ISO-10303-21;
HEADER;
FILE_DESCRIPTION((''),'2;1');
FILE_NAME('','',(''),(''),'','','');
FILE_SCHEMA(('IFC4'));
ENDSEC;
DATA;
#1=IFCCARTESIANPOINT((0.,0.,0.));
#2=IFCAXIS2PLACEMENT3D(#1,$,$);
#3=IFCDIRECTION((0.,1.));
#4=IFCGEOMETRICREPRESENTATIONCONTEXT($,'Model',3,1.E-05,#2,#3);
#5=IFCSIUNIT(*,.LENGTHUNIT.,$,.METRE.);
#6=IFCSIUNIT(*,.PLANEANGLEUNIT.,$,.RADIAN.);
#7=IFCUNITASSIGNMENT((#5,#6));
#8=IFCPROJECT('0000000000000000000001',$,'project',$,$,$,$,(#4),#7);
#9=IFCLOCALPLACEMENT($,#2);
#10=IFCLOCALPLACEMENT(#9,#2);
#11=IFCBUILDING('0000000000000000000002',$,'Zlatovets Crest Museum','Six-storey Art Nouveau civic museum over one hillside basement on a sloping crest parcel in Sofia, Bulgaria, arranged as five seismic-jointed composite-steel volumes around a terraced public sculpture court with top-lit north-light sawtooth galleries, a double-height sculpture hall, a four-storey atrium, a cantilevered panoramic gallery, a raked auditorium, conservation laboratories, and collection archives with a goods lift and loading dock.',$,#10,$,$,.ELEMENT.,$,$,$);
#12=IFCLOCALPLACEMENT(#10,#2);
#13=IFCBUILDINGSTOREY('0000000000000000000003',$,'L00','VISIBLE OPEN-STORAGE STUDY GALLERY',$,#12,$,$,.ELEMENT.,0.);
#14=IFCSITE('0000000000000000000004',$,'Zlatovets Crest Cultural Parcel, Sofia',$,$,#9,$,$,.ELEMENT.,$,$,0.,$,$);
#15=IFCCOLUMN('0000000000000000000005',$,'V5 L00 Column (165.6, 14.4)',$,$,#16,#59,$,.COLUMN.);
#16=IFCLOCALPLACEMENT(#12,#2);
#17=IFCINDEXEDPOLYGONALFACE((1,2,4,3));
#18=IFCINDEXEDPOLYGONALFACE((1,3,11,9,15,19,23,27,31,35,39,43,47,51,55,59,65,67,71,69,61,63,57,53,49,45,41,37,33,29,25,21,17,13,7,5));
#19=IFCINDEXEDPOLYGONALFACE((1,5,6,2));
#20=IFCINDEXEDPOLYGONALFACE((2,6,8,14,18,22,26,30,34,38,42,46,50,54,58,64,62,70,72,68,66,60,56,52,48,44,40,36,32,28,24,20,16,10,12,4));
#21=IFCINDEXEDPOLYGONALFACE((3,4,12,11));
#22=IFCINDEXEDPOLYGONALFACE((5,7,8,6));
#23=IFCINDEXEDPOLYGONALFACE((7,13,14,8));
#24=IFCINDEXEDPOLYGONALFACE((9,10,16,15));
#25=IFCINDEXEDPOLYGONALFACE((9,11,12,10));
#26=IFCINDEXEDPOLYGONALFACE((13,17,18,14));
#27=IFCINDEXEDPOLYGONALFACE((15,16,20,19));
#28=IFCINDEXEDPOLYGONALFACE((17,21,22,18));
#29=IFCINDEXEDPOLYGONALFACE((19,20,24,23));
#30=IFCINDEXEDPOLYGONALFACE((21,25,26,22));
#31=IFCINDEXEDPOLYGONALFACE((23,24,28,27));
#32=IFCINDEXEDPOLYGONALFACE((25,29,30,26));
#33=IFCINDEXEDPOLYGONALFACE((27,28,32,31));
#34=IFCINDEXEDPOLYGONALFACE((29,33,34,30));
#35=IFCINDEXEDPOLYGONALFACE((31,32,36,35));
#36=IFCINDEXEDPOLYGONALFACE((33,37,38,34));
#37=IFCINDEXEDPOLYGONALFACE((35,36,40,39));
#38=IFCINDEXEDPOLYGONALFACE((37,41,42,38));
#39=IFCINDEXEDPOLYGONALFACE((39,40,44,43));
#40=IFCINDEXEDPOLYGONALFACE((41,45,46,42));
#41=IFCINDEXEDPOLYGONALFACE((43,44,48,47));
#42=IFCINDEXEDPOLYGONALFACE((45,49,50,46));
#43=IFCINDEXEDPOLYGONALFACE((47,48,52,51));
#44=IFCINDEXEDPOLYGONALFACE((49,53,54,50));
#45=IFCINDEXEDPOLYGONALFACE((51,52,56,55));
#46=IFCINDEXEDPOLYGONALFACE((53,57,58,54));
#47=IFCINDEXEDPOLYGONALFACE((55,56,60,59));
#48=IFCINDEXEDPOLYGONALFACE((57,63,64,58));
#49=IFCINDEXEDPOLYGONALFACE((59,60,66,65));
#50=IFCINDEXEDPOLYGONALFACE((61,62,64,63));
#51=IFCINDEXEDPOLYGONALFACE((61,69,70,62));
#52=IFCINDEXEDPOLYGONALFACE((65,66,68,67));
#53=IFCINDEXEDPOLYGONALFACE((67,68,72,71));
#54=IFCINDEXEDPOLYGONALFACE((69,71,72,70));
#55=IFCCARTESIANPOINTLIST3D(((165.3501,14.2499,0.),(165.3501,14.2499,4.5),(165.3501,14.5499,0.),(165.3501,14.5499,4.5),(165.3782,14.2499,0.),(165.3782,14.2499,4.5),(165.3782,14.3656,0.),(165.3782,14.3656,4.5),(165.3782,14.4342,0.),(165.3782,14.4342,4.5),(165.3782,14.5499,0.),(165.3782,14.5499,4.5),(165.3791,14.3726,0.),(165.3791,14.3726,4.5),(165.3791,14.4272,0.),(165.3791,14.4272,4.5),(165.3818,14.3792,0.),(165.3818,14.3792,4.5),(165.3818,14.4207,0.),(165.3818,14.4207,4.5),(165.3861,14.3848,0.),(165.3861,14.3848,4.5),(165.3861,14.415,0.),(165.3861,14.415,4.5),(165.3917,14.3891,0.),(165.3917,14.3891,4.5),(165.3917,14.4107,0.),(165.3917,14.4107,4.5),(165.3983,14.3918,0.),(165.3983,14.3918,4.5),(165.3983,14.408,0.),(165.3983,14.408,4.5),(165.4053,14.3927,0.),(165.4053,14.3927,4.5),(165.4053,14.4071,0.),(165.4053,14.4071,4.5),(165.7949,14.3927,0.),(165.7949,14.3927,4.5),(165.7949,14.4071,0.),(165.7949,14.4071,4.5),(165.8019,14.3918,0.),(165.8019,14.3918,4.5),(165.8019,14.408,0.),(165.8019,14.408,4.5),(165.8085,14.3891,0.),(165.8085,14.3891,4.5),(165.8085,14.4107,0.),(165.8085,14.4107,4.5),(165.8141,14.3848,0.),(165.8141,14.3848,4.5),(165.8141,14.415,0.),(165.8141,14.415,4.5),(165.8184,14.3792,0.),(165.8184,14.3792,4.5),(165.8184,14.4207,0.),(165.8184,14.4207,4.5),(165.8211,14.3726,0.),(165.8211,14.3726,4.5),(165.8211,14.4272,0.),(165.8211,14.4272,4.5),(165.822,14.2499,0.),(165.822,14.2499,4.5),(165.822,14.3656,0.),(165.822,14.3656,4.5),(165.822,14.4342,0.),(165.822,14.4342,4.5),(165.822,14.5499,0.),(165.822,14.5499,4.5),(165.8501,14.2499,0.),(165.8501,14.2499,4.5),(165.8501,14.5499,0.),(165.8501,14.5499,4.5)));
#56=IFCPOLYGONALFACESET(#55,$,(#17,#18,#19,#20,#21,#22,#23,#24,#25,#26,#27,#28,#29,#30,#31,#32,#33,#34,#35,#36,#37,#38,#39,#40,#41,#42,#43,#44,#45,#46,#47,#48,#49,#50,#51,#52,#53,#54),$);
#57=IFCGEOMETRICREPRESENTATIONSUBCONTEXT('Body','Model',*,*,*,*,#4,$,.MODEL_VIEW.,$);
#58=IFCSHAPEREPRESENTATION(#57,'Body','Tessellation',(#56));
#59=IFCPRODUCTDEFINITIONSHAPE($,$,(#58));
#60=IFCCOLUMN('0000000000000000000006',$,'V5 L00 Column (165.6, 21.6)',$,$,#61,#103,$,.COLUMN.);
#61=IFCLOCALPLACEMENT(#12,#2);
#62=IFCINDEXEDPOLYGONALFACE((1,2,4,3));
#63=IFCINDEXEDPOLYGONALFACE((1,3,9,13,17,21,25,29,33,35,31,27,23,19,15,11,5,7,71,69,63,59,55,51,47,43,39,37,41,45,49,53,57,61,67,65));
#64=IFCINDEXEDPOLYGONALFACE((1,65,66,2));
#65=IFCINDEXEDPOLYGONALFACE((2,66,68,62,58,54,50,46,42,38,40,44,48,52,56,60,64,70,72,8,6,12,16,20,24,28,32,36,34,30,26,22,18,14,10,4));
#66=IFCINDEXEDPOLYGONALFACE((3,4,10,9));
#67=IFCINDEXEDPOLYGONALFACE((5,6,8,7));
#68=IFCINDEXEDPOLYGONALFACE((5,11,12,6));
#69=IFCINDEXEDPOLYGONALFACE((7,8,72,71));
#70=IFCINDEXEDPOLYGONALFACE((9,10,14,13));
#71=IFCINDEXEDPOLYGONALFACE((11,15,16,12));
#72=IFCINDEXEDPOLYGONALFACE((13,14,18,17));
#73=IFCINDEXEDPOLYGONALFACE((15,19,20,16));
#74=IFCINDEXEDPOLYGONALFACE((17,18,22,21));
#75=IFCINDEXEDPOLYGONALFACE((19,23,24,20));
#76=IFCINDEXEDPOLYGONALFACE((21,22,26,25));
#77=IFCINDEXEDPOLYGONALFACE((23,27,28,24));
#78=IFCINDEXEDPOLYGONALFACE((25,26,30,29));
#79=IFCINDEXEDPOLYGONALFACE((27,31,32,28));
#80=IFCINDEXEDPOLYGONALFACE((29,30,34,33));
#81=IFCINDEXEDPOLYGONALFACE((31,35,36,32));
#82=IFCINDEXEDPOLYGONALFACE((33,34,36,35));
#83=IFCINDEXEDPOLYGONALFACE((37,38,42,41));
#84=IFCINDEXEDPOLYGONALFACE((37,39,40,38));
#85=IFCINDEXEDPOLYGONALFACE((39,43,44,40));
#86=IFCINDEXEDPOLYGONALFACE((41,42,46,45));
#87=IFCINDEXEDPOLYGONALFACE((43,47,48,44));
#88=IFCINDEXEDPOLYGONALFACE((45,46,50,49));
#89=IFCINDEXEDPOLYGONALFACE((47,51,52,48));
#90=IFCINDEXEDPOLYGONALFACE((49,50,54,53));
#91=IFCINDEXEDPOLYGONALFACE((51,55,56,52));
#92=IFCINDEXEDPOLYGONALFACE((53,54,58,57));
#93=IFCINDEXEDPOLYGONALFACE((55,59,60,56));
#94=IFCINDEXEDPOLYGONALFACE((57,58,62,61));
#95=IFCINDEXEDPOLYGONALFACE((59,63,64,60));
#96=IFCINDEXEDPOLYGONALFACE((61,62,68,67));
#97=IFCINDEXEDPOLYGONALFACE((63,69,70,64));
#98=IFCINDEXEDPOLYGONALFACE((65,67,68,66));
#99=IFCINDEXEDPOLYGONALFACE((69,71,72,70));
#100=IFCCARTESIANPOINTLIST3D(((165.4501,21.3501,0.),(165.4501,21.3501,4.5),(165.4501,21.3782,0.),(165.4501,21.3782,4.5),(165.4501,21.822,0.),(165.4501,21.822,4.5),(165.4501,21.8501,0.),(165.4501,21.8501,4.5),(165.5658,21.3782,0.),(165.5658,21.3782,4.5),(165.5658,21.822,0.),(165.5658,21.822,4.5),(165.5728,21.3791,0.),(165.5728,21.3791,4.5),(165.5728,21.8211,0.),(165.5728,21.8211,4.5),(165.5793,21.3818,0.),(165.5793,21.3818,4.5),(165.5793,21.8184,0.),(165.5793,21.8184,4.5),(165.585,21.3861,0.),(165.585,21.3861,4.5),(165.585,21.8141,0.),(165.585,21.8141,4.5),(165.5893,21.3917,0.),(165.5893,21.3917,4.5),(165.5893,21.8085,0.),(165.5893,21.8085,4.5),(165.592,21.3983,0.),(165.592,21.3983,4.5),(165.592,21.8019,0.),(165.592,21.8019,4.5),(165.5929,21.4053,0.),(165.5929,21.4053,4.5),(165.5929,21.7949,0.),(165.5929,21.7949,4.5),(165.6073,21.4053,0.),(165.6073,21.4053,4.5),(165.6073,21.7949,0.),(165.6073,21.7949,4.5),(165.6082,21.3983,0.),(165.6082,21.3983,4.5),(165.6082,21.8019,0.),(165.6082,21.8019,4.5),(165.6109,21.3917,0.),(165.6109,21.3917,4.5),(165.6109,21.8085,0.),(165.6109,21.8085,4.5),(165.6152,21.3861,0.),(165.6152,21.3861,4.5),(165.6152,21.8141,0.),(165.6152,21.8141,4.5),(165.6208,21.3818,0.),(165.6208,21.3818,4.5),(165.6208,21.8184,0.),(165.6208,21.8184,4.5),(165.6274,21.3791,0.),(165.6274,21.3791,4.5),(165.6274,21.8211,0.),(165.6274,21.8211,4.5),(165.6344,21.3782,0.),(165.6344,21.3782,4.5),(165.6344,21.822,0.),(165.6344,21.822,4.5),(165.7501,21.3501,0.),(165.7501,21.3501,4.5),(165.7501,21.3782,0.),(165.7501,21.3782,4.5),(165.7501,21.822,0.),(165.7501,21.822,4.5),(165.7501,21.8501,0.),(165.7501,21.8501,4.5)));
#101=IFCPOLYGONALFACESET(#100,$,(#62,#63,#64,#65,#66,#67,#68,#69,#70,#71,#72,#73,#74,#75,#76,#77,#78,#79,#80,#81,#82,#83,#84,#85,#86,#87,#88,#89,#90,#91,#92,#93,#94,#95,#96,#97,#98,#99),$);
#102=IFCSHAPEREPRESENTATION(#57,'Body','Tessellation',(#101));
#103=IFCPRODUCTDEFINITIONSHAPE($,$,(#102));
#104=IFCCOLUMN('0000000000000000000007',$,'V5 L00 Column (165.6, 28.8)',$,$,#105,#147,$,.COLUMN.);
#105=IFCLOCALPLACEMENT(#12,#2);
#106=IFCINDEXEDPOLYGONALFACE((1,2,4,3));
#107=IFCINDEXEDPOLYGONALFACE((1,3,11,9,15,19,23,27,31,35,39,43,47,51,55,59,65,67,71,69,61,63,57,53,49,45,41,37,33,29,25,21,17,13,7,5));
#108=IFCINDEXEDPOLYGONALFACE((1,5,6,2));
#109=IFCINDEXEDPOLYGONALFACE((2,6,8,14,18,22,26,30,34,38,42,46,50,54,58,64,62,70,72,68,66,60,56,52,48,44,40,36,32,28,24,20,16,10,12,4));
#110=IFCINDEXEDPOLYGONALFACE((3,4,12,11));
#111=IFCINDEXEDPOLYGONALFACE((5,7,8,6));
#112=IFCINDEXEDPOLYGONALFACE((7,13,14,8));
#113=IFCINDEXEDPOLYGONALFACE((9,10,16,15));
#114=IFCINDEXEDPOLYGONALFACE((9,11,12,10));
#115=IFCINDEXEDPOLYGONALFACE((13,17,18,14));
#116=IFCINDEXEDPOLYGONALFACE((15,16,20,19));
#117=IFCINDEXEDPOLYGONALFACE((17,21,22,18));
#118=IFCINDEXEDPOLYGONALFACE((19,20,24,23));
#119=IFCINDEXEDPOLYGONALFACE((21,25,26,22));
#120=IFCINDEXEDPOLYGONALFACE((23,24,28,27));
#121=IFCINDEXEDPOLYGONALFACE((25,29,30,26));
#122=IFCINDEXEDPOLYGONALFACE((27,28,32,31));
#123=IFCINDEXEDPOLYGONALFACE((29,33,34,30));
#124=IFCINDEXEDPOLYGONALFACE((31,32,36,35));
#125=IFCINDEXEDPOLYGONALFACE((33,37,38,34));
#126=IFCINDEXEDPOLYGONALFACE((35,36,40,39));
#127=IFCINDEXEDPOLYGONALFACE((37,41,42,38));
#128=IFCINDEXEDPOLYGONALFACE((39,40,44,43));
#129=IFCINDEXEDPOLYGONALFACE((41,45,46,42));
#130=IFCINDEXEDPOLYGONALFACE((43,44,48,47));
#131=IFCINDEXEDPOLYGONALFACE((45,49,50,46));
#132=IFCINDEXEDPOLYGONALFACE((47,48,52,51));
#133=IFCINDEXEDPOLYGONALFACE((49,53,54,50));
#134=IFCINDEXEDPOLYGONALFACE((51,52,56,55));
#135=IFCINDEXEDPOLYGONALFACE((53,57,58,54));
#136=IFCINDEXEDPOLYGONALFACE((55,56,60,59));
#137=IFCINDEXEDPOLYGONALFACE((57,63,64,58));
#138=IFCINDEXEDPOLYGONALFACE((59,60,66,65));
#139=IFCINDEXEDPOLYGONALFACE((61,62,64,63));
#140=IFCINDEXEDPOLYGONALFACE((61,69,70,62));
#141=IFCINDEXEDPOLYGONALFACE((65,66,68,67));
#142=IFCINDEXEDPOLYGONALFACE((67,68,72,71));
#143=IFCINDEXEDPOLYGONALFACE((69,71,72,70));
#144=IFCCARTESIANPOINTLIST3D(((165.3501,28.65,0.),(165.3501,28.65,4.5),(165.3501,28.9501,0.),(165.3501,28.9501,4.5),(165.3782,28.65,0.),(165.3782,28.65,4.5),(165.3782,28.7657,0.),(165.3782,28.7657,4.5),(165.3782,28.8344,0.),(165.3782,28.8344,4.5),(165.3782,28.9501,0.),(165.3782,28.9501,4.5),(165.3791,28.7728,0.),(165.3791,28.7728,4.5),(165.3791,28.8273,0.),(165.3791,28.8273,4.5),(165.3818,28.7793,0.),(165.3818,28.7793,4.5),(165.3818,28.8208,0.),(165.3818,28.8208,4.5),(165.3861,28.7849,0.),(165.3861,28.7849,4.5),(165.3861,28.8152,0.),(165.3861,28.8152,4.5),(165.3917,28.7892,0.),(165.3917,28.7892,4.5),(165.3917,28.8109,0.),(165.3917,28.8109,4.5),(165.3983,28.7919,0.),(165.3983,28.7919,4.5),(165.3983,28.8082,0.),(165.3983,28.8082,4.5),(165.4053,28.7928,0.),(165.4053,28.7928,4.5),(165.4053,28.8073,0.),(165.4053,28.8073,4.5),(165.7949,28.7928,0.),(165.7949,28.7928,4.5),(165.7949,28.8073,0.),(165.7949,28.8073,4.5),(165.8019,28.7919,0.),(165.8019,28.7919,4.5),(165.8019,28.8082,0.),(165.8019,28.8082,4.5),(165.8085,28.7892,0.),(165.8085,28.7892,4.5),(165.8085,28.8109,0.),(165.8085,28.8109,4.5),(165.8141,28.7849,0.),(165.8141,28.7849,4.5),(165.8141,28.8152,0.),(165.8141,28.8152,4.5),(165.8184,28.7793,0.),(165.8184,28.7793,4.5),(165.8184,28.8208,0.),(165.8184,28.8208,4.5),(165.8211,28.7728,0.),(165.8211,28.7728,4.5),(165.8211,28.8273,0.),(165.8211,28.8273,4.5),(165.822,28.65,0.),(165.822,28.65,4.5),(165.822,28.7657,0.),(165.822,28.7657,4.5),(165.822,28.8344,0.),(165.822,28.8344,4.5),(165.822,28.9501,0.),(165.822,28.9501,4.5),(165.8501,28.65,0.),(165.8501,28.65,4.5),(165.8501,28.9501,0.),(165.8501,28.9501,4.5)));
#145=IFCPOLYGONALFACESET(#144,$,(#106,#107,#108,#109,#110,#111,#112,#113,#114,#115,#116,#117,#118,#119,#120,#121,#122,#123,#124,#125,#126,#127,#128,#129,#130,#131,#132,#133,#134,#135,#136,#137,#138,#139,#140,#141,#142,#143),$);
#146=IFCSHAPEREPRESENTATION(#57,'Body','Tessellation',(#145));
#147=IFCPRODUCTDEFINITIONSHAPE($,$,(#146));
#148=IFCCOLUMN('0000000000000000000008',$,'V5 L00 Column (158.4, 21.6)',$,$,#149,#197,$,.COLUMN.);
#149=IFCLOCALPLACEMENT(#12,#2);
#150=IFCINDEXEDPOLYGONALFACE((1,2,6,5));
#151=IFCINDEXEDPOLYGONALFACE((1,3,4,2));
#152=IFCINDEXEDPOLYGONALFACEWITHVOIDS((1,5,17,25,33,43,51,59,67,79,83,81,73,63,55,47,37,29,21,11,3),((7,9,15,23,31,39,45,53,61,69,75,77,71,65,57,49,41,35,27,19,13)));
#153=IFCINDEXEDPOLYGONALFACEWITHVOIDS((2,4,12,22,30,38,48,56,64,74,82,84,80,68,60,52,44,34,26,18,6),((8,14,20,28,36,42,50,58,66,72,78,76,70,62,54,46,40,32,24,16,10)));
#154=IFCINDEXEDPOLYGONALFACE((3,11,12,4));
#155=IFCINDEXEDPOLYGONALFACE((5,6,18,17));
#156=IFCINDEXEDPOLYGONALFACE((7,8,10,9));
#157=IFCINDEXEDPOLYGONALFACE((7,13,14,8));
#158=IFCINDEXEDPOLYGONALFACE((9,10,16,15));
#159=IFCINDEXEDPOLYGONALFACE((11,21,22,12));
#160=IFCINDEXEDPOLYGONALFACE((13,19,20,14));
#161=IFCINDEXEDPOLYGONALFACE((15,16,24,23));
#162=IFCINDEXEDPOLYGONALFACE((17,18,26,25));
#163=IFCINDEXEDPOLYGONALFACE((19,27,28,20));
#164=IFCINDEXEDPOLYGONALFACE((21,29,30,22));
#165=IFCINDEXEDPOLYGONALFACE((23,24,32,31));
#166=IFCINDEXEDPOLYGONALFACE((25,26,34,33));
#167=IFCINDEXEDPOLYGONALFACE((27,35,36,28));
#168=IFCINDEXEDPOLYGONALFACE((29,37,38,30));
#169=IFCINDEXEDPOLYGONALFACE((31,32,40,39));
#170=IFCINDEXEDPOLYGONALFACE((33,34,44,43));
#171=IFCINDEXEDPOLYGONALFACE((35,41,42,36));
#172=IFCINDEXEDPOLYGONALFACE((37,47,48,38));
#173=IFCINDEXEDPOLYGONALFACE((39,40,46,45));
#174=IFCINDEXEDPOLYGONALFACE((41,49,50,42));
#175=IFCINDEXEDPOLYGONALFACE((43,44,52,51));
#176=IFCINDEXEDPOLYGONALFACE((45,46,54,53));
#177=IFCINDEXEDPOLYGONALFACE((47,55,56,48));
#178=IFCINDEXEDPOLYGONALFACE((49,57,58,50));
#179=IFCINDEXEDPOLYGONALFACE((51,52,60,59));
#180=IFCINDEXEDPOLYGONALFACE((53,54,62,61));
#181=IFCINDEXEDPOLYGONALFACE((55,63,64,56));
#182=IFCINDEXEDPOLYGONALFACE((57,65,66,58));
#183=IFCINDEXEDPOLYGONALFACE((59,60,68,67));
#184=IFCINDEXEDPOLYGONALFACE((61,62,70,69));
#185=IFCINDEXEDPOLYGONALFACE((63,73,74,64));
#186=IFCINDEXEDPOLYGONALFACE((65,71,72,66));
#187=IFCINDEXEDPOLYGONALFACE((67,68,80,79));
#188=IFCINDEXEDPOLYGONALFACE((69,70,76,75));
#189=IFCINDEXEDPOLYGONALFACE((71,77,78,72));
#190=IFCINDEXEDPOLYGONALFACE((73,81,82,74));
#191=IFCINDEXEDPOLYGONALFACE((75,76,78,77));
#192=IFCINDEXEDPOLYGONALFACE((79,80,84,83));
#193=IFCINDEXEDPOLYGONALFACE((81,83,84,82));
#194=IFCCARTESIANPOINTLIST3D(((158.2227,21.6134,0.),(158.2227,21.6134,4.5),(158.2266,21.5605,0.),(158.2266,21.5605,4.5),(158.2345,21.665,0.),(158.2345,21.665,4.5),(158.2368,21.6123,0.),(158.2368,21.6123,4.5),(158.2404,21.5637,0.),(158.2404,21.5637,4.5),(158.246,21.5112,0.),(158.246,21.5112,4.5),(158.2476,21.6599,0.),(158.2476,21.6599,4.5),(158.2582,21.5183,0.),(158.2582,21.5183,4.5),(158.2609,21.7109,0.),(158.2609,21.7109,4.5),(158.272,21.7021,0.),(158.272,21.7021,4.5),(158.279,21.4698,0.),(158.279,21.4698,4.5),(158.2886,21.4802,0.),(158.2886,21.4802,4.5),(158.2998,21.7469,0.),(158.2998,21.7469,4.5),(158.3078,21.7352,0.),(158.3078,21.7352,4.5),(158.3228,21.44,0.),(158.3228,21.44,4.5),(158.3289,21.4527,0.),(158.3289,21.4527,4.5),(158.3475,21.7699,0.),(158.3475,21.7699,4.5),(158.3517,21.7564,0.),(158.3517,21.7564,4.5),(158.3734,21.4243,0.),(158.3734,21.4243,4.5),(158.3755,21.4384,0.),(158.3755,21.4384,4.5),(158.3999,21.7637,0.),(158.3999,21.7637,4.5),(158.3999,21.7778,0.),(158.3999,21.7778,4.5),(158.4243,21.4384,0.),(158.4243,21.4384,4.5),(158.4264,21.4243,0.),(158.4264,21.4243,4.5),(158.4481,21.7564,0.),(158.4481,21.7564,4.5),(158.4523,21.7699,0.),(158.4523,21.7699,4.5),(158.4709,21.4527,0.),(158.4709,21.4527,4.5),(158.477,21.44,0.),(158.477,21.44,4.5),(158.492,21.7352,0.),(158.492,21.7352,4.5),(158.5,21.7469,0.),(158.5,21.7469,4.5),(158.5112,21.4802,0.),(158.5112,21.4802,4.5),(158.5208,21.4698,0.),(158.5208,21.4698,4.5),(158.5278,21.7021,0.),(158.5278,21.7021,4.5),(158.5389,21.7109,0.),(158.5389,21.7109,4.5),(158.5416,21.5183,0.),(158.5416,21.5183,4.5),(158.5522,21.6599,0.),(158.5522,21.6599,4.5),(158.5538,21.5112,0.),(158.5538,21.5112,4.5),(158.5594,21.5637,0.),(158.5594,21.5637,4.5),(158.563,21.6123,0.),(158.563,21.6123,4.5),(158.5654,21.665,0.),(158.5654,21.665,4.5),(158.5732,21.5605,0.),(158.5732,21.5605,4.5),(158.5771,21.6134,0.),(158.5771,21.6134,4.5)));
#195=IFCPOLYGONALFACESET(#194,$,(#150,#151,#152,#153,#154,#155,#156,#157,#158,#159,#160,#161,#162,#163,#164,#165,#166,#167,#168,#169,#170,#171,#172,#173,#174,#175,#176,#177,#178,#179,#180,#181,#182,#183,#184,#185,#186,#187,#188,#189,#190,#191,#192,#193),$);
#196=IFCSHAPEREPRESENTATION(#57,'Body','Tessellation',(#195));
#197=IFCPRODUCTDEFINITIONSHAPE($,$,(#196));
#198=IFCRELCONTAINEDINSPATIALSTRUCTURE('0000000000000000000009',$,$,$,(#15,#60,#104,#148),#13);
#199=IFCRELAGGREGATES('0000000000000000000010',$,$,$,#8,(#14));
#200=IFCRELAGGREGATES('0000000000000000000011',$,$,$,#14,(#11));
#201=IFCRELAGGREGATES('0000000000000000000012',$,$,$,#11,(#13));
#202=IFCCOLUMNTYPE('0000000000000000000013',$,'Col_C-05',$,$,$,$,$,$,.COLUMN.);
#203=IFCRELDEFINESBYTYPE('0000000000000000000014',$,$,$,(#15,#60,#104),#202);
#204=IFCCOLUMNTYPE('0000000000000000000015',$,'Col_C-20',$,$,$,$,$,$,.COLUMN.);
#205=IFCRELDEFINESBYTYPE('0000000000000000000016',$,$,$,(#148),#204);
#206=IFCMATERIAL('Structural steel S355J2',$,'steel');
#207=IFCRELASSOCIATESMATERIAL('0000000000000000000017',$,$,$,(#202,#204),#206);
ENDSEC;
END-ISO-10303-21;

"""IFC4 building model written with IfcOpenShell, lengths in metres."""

from ifc_helpers import new_model, si_unit, direction, frame, origin, origin_2d, place, context, subcontext, project, spatial, hollow_circle, i_section, extrude, material, material_profile, profile_set, type_object, element, save


model = new_model("IFC4")

# Units and contexts
model_context = context("Model", 3, precision=1e-05, world=origin(), true_north=direction((0.0, 1.0)))
body_context = subcontext(model_context, "Body", "Model", "MODEL_VIEW")
ifc_project = project(units=[si_unit("LENGTHUNIT", "METRE"), si_unit("PLANEANGLEUNIT", "RADIAN")], contexts=[model_context])

# Site, building, storey
site_placement = place(None, origin())
site = spatial("IfcSite", under=ifc_project, at=site_placement, Name="Zlatovets Crest Cultural Parcel, Sofia", CompositionType="ELEMENT", RefElevation=0.0)
building_placement = place(site_placement, origin())
building = spatial("IfcBuilding", under=site, at=building_placement, Name="Zlatovets Crest Museum", Description="Six-storey Art Nouveau civic museum over one hillside basement on a sloping crest parcel in Sofia, Bulgaria, arranged as five seismic-jointed composite-steel volumes around a terraced public sculpture court with top-lit north-light sawtooth galleries, a double-height sculpture hall, a four-storey atrium, a cantilevered panoramic gallery, a raked auditorium, conservation laboratories, and collection archives with a goods lift and loading dock.", CompositionType="ELEMENT")
storey_placement = place(building_placement, origin())
storey = spatial("IfcBuildingStorey", under=building, at=storey_placement, Name="L00", Description="VISIBLE OPEN-STORAGE STUDY GALLERY", CompositionType="ELEMENT", Elevation=0.0)

# Columns
ifc_material_1 = material(Name="Structural steel S355J2", Category="steel")
ifc_material_profile_1 = material_profile(ifc_material_1, i_section(OverallWidth=0.3, OverallDepth=0.5, WebThickness=0.0144, FlangeThickness=0.0281, FilletRadius=0.0271, at=origin_2d()), Name="HEB 500")
ifc_profile_set_1 = profile_set([ifc_material_profile_1], Name="Structural steel S355J2")
column_type_1 = type_object("IfcColumnType", Name="Col_C-05", PredefinedType="COLUMN", material=ifc_profile_set_1)
for number, where, z_axis, x_axis, name in (
    (1, (165.6001, 14.3999, 0.0), (0.0, 0.0, 1.0), (0.0, 1.0, 0.0), "V5 L00 Column (165.6, 14.4)"),
    (2, (165.6001, 21.6001, 0.0), (0.0, 0.0, 1.0), (1.0, 0.0, 0.0), "V5 L00 Column (165.6, 21.6)"),
    (3, (165.6001, 28.8, 0.0), (0.0, 0.0, 1.0), (0.0, 1.0, 0.0), "V5 L00 Column (165.6, 28.8)"),
):
    element("IfcColumn", number, at=place(storey_placement, frame(where, z_axis=z_axis, x_axis=x_axis)), inside=storey, type_object=column_type_1, Name=name, PredefinedType="COLUMN", context=body_context, shape_type="SweptSolid", body=[
        extrude(i_section(OverallWidth=0.3, OverallDepth=0.5, WebThickness=0.0144, FlangeThickness=0.0281, FilletRadius=0.0271, at=origin_2d()), origin(), (0.0, 0.0, 1.0), 4.5),
    ])
ifc_material_profile_2 = material_profile(ifc_material_1, hollow_circle(Radius=0.1777, WallThickness=0.0142, at=origin_2d()), Name="CHS 355.6x14.2")
ifc_profile_set_2 = profile_set([ifc_material_profile_2], Name="Structural steel S355J2")
column_type_2 = type_object("IfcColumnType", Name="Col_C-20", PredefinedType="COLUMN", material=ifc_profile_set_2)
for number, where, z_axis, x_axis, name in (
    (4, (158.3999, 21.6001, 0.0), (0.0, 0.0, 1.0), (0.0, 1.0, 0.0), "V5 L00 Column (158.4, 21.6)"),
):
    element("IfcColumn", number, at=place(storey_placement, frame(where, z_axis=z_axis, x_axis=x_axis)), inside=storey, type_object=column_type_2, Name=name, PredefinedType="COLUMN", context=body_context, shape_type="SweptSolid", body=[
        extrude(hollow_circle(Radius=0.1777, WallThickness=0.0142, at=origin_2d()), origin(), (0.0, 0.0, 1.0), 4.5),
    ])

save(model, "model.ifc")
